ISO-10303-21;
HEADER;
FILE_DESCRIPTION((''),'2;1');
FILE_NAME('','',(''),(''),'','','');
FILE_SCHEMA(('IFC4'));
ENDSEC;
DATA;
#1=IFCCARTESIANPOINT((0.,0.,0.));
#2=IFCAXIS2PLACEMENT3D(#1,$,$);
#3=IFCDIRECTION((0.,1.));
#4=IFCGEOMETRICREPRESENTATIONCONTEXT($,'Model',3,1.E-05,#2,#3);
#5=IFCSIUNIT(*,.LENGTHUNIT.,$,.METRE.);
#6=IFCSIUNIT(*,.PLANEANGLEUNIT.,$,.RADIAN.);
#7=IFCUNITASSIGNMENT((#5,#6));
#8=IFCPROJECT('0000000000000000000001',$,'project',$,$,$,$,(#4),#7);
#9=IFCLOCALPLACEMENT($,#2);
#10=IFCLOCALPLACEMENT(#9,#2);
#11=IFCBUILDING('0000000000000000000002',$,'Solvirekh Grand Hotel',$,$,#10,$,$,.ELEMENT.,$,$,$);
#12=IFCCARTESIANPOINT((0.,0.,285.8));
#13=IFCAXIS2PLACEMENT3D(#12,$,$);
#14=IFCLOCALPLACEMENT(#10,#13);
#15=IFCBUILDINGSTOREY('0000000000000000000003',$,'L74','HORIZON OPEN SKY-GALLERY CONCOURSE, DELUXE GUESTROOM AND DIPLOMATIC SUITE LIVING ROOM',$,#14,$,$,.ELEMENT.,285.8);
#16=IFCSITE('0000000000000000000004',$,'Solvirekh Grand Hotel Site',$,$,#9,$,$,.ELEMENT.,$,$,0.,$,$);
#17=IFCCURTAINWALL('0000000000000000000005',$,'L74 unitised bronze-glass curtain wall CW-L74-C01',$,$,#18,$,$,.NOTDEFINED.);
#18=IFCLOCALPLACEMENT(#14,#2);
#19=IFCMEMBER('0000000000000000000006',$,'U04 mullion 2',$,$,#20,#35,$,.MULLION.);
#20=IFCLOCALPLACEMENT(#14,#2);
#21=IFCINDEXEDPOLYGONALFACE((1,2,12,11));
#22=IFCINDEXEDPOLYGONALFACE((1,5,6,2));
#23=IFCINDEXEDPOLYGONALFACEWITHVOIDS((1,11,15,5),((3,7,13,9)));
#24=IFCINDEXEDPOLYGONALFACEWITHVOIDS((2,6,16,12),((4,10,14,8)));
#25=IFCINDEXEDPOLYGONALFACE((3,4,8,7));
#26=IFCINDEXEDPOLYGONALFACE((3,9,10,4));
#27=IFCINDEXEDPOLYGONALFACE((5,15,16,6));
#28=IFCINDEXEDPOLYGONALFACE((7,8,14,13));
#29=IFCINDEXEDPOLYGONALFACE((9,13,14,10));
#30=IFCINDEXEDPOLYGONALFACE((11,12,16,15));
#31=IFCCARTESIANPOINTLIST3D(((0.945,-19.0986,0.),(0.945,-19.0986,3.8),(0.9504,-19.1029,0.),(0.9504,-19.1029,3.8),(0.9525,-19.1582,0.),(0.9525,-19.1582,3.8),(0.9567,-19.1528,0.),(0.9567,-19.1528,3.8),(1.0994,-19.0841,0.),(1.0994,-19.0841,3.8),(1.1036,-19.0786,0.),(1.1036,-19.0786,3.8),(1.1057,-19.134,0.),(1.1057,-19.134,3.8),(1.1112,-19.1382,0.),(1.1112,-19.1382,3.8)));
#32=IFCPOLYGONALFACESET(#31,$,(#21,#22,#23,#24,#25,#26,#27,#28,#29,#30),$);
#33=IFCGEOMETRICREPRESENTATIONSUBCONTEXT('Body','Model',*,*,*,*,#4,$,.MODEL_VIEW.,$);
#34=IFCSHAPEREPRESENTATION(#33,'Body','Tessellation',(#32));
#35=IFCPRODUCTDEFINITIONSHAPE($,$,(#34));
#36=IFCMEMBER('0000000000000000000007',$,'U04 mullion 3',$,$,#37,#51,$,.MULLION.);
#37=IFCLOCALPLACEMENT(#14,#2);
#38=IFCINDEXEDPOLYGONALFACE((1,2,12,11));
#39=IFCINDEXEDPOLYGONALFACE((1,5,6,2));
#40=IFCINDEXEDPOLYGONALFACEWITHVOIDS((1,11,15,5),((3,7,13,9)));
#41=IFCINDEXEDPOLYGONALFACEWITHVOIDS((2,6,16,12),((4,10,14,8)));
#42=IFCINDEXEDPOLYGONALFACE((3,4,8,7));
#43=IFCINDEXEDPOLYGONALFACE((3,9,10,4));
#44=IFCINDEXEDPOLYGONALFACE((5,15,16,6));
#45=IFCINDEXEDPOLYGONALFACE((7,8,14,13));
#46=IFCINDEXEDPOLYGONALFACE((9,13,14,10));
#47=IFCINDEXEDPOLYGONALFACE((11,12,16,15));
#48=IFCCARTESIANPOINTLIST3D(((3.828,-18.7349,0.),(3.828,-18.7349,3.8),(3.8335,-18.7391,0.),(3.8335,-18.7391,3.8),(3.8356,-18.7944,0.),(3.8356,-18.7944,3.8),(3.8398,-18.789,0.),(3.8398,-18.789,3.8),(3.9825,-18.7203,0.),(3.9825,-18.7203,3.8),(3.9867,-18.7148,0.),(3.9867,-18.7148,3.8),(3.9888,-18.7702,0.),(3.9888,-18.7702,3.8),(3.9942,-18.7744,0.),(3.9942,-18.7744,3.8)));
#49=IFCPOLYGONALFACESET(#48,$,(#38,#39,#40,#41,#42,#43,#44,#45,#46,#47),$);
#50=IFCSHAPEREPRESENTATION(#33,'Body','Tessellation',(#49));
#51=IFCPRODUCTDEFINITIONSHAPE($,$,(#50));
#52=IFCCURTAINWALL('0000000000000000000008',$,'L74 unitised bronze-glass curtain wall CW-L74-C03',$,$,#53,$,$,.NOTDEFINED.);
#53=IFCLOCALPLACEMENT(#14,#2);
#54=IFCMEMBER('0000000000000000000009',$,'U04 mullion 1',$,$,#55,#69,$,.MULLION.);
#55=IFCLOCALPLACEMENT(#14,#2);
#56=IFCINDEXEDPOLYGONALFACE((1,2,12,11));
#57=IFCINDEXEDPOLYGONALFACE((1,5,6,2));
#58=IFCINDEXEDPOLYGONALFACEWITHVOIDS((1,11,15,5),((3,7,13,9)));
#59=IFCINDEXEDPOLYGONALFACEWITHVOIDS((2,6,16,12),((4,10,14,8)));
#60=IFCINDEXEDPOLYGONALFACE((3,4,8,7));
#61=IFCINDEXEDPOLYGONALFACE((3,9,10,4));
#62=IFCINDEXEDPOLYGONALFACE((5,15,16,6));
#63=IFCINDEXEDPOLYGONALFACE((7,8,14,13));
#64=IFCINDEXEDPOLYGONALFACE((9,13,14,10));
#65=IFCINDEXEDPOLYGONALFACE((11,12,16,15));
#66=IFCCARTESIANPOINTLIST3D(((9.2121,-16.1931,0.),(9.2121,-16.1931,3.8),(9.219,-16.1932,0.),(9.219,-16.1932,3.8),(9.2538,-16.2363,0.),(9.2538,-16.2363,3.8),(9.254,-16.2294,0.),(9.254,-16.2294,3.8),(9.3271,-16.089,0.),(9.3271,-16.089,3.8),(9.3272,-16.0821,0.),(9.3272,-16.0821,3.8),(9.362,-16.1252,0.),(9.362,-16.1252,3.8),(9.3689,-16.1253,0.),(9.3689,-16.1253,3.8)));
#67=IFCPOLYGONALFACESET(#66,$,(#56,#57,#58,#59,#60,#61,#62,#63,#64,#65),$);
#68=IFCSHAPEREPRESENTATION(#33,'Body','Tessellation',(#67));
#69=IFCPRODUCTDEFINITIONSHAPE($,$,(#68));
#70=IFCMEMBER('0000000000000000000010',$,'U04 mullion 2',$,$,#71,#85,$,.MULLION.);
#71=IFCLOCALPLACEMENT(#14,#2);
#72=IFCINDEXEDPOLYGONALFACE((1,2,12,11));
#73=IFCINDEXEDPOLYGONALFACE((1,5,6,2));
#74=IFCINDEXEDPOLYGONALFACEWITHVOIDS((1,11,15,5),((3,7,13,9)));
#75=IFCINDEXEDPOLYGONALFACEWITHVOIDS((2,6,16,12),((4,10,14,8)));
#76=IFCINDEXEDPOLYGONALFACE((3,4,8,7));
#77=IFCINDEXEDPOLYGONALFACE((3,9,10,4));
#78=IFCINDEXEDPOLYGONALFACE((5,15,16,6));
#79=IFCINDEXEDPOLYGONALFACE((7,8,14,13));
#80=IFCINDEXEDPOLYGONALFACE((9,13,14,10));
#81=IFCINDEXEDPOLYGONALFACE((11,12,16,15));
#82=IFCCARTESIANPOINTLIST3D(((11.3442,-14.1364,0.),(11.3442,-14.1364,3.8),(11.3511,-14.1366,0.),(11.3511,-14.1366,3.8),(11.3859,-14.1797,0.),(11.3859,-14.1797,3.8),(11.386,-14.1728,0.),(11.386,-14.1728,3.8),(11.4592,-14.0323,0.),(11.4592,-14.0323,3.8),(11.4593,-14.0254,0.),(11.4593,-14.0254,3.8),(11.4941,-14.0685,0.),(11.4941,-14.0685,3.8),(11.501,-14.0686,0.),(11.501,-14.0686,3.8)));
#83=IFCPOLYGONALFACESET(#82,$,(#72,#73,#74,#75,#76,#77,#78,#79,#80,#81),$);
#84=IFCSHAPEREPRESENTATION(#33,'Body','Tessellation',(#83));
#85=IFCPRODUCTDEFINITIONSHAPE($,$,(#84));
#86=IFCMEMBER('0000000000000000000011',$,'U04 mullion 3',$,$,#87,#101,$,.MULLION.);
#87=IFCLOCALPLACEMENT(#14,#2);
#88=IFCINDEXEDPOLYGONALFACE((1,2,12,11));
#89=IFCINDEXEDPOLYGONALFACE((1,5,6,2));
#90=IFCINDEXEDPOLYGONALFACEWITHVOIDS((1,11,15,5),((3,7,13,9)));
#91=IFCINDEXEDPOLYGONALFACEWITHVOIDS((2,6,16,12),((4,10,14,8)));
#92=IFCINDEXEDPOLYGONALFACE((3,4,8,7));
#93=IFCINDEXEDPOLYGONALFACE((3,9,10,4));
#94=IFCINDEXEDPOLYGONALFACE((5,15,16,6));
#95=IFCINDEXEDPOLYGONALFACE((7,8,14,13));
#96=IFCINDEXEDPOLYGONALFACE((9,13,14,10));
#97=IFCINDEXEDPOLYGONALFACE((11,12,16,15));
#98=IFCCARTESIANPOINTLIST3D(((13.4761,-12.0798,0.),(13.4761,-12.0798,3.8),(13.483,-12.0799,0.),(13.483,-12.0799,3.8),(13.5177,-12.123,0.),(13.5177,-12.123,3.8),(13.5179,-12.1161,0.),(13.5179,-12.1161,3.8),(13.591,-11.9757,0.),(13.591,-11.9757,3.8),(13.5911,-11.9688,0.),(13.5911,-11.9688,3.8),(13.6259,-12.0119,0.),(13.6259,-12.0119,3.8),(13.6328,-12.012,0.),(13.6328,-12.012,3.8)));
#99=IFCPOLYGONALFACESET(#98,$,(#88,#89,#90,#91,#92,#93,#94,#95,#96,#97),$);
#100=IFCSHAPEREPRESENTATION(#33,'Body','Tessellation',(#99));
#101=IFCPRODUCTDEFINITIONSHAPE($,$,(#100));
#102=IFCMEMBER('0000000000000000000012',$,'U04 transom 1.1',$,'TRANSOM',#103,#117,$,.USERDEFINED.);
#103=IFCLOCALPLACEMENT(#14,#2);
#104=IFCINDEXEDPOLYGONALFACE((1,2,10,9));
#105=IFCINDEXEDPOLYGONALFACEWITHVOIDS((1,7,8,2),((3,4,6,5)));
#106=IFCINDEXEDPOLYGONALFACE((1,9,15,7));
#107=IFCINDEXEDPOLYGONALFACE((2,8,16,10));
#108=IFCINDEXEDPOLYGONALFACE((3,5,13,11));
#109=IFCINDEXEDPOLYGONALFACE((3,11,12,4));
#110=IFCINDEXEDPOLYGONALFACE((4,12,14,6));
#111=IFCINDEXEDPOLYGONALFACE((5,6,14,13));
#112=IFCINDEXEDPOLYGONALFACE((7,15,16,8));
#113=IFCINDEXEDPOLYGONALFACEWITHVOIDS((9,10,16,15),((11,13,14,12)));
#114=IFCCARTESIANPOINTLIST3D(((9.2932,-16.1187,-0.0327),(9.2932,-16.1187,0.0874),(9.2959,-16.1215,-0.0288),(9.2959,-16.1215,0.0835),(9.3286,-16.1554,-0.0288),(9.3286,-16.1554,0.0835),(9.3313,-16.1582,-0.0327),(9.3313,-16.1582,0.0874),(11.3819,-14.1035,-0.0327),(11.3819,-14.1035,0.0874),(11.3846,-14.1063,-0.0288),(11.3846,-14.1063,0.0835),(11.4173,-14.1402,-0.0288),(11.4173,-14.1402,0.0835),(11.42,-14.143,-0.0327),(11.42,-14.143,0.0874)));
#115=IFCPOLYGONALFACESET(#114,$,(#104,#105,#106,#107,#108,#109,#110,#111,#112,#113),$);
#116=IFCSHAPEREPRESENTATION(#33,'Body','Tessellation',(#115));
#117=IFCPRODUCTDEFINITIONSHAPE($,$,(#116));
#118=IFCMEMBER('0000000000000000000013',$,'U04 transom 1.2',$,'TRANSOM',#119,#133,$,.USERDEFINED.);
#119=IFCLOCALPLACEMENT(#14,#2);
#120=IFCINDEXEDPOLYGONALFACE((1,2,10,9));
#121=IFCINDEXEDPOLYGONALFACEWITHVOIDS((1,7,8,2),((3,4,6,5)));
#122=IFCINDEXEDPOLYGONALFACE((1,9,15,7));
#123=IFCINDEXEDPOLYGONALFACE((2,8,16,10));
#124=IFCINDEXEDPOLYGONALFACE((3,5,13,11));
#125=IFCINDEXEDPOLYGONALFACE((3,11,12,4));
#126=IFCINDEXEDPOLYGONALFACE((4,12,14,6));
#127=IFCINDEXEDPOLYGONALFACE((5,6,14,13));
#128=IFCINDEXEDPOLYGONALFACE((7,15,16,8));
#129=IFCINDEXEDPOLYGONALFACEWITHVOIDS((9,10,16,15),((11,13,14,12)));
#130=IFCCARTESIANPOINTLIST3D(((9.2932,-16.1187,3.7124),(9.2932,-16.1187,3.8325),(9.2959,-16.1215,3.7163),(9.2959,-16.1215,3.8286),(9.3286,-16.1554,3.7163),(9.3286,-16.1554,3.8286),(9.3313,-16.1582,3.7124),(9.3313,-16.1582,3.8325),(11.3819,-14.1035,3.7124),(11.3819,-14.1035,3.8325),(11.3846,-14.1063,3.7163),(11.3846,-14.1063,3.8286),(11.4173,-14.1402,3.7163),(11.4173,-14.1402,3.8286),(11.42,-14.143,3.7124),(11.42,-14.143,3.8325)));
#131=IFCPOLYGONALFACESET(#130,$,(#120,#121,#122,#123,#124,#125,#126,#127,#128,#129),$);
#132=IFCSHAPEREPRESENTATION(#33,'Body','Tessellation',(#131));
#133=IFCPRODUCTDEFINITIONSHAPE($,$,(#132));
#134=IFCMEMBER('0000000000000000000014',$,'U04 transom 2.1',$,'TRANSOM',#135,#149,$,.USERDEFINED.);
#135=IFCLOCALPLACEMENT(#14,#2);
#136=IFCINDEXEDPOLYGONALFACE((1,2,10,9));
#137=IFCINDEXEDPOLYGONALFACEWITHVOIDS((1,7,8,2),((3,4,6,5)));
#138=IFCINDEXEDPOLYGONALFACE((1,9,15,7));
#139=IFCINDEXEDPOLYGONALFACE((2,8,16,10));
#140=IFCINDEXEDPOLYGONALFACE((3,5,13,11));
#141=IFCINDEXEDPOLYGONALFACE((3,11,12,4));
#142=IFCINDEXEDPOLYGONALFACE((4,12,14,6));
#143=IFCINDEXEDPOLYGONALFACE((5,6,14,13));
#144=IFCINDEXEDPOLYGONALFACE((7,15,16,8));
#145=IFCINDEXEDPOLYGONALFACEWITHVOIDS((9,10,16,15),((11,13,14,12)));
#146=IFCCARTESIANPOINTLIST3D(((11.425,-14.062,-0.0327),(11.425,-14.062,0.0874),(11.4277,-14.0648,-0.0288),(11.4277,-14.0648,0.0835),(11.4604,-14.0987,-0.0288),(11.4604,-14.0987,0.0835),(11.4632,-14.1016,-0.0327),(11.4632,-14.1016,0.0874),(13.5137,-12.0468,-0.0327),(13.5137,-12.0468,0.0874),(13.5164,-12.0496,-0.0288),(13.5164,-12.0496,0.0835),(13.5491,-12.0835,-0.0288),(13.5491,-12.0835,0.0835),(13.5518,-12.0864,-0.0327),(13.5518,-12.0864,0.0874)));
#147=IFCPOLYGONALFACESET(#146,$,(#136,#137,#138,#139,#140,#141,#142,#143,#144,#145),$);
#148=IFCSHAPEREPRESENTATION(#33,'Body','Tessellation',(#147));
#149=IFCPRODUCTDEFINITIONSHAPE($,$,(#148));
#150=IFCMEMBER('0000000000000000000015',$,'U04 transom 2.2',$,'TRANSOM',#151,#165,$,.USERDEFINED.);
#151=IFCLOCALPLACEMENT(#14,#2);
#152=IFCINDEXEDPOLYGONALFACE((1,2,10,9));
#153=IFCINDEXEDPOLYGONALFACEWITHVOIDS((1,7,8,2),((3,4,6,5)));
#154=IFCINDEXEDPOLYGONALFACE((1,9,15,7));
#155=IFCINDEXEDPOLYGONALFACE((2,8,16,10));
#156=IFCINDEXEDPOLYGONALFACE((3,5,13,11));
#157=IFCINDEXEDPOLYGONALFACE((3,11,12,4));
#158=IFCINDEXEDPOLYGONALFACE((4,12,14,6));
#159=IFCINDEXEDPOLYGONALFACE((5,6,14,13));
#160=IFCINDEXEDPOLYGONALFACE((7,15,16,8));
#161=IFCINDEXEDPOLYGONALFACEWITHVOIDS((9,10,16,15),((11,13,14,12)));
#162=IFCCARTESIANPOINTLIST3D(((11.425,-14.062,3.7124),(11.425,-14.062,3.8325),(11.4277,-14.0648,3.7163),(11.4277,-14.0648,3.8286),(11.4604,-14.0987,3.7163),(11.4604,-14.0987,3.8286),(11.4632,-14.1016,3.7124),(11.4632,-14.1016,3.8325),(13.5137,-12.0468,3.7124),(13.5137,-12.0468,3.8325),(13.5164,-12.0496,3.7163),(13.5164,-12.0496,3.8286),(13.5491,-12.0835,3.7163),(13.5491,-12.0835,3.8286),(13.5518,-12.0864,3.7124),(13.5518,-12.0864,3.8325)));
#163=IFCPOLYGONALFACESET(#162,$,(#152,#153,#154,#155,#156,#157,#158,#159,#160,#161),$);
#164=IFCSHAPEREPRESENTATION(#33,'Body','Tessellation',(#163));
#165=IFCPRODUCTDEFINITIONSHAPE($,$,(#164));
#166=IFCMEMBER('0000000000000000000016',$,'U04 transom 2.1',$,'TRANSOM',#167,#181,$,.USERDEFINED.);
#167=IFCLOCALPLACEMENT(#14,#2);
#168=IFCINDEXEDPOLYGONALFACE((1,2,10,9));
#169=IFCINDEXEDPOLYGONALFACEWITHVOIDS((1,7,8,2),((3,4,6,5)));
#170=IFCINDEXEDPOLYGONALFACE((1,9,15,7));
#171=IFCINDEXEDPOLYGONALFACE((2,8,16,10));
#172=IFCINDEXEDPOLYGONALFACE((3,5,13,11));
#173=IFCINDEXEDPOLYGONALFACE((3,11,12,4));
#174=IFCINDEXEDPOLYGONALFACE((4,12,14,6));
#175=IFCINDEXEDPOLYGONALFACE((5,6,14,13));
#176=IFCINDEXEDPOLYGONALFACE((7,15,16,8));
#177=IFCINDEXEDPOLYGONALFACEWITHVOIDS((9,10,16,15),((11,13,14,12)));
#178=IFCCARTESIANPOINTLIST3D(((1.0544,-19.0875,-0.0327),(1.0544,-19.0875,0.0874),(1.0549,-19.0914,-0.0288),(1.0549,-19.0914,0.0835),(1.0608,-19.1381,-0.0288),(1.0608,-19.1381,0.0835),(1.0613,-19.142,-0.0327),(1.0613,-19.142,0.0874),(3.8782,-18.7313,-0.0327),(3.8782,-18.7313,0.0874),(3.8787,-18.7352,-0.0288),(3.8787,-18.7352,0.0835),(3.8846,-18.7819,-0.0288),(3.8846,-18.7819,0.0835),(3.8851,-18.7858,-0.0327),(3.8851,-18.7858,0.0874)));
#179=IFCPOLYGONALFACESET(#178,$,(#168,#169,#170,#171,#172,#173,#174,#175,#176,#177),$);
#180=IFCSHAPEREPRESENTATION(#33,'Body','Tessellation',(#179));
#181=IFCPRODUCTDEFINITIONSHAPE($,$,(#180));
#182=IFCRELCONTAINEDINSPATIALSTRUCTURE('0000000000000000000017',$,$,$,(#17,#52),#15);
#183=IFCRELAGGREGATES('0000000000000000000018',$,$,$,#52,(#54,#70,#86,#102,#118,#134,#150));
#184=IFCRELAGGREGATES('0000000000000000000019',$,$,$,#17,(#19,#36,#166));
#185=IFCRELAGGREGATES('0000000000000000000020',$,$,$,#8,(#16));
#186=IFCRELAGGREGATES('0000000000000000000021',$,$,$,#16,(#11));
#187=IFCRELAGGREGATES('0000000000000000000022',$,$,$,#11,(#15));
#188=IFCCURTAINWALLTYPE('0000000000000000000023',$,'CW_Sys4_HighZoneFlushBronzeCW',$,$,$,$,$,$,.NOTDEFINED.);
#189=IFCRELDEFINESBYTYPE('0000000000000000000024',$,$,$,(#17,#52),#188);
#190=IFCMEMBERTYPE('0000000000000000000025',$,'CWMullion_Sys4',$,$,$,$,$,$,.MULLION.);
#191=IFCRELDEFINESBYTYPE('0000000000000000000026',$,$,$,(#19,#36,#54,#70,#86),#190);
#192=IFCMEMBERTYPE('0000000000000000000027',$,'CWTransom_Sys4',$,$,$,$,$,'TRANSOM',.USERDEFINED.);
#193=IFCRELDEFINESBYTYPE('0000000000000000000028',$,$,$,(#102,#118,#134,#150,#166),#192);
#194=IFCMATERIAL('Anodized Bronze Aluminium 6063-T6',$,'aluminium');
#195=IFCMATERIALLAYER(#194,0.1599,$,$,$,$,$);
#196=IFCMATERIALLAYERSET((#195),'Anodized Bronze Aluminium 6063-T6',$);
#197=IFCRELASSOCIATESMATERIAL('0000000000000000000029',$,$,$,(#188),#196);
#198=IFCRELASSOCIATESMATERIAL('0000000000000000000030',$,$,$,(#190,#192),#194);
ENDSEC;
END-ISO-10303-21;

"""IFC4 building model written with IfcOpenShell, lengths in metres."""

from ifc_helpers import new_model, si_unit, direction, frame, origin, origin_2d, place, context, subcontext, project, spatial, hollow_rectangle, extrude, source, transform, mapped, material, layer, layer_set, material_profile, profile_set, type_object, element, aggregate, save


model = new_model("IFC4")

# Units and contexts
model_context = context("Model", 3, precision=1e-05, world=origin(), true_north=direction((0.0, 1.0)))
body_context = subcontext(model_context, "Body", "Model", "MODEL_VIEW")
ifc_project = project(units=[si_unit("LENGTHUNIT", "METRE"), si_unit("PLANEANGLEUNIT", "RADIAN")], contexts=[model_context])

# Site, building, storey
site_placement = place(None, origin())
site = spatial("IfcSite", under=ifc_project, at=site_placement, Name="Solvirekh Grand Hotel Site", CompositionType="ELEMENT", RefElevation=0.0)
building_placement = place(site_placement, origin())
building = spatial("IfcBuilding", under=site, at=building_placement, Name="Solvirekh Grand Hotel", CompositionType="ELEMENT")
storey_placement = place(building_placement, frame((0.0, 0.0, 285.8)))
storey = spatial("IfcBuildingStorey", under=building, at=storey_placement, Name="L74", Description="HORIZON OPEN SKY-GALLERY CONCOURSE, DELUXE GUESTROOM AND DIPLOMATIC SUITE LIVING ROOM", CompositionType="ELEMENT", Elevation=285.8)

# Curtain walls, members
ifc_material_1 = material(Name="Anodized Bronze Aluminium 6063-T6", Category="aluminium")
ifc_layer_1 = layer(ifc_material_1, 0.1599)
ifc_layer_set_1 = layer_set([ifc_layer_1], Name="Anodized Bronze Aluminium 6063-T6")
curtain_wall_type = type_object("IfcCurtainWallType", Name="CW_Sys4_HighZoneFlushBronzeCW", PredefinedType="NOTDEFINED", material=ifc_layer_set_1)
curtain_wall_1_placement = place(storey_placement, origin())
curtain_wall_1 = element("IfcCurtainWall", 1, at=curtain_wall_1_placement, inside=storey, type_object=curtain_wall_type, Name="L74 unitised bronze-glass curtain wall CW-L74-C01", PredefinedType="NOTDEFINED")
ifc_material_profile_1 = material_profile(ifc_material_1, hollow_rectangle(XDim=0.0601, YDim=0.1599, WallThickness=0.0049, at=origin_2d()), Name="ALU RHS 160X60X5")
ifc_profile_set_1 = profile_set([ifc_material_profile_1], Name="Anodized Bronze Aluminium 6063-T6")
member_type_1 = type_object("IfcMemberType", Name="CWMullion_Sys4", PredefinedType="MULLION", material=ifc_profile_set_1)
shared_shape_1 = source(origin(), body_context, "Body", "SweptSolid", [
    extrude(hollow_rectangle(XDim=0.0601, YDim=0.1599, WallThickness=0.0049, at=origin_2d()), origin(), (0.0, 0.0, 1.0), 3.8),
])
member_1_placement = place(storey_placement, frame((1.0281, -19.1184, 0.0), z_axis=(0.0, 0.0, 1.0), x_axis=(-0.125166, 0.992136, 0.0)))
member_1 = element("IfcMember", 2, at=member_1_placement, type_object=member_type_1, Name="U04 mullion 2", PredefinedType="MULLION", context=body_context, shape_type="MappedRepresentation", body=[
    mapped(shared_shape_1, transform((0.0, 0.0, 0.0), x_axis=(1.0, 0.0, 0.0), y_axis=(0.0, 1.0, 0.0), z_axis=(0.0, 0.0, 1.0), scale=1.0)),
])
member_2_placement = place(storey_placement, frame((3.9111, -18.7546, 0.0), z_axis=(0.0, 0.0, 1.0), x_axis=(-0.125166, 0.992136, 0.0)))
member_2 = element("IfcMember", 3, at=member_2_placement, type_object=member_type_1, Name="U04 mullion 3", PredefinedType="MULLION", context=body_context, shape_type="MappedRepresentation", body=[
    mapped(shared_shape_1, transform((0.0, 0.0, 0.0), x_axis=(1.0, 0.0, 0.0), y_axis=(0.0, 1.0, 0.0), z_axis=(0.0, 0.0, 1.0), scale=1.0)),
])
curtain_wall_2_placement = place(storey_placement, origin())
curtain_wall_2 = element("IfcCurtainWall", 4, at=curtain_wall_2_placement, inside=storey, type_object=curtain_wall_type, Name="L74 unitised bronze-glass curtain wall CW-L74-C03", PredefinedType="NOTDEFINED")
member_3_placement = place(storey_placement, frame((9.2905, -16.1592, 0.0), z_axis=(0.0, 0.0, 1.0), x_axis=(-0.694293, 0.719692, 0.0)))
member_3 = element("IfcMember", 5, at=member_3_placement, type_object=member_type_1, Name="U04 mullion 1", PredefinedType="MULLION", context=body_context, shape_type="MappedRepresentation", body=[
    mapped(shared_shape_1, transform((0.0, 0.0, 0.0), x_axis=(1.0, 0.0, 0.0), y_axis=(0.0, 1.0, 0.0), z_axis=(0.0, 0.0, 1.0), scale=1.0)),
])
member_4_placement = place(storey_placement, frame((11.4226, -14.1025, 0.0), z_axis=(0.0, 0.0, 1.0), x_axis=(-0.694293, 0.719692, 0.0)))
member_4 = element("IfcMember", 6, at=member_4_placement, type_object=member_type_1, Name="U04 mullion 2", PredefinedType="MULLION", context=body_context, shape_type="MappedRepresentation", body=[
    mapped(shared_shape_1, transform((0.0, 0.0, 0.0), x_axis=(1.0, 0.0, 0.0), y_axis=(0.0, 1.0, 0.0), z_axis=(0.0, 0.0, 1.0), scale=1.0)),
])
member_5_placement = place(storey_placement, frame((13.5544, -12.0459, 0.0), z_axis=(0.0, 0.0, 1.0), x_axis=(-0.694293, 0.719692, 0.0)))
member_5 = element("IfcMember", 7, at=member_5_placement, type_object=member_type_1, Name="U04 mullion 3", PredefinedType="MULLION", context=body_context, shape_type="MappedRepresentation", body=[
    mapped(shared_shape_1, transform((0.0, 0.0, 0.0), x_axis=(1.0, 0.0, 0.0), y_axis=(0.0, 1.0, 0.0), z_axis=(0.0, 0.0, 1.0), scale=1.0)),
])
ifc_material_profile_2 = material_profile(ifc_material_1, hollow_rectangle(XDim=0.0549, YDim=0.1201, WallThickness=0.0039, at=origin_2d()), Name="ALU RHS 120X55X4")
ifc_profile_set_2 = profile_set([ifc_material_profile_2], Name="Anodized Bronze Aluminium 6063-T6")
member_type_2 = type_object("IfcMemberType", Name="CWTransom_Sys4", ElementType="TRANSOM", PredefinedType="USERDEFINED", material=ifc_profile_set_2)
shared_shape_2 = source(origin(), body_context, "Body", "SweptSolid", [
    extrude(hollow_rectangle(XDim=0.0549, YDim=0.1201, WallThickness=0.0039, at=origin_2d()), origin(), (0.0, 0.0, 1.0), 2.9023),
])
member_6_placement = place(storey_placement, frame((9.3123, -16.1384, 0.0273), z_axis=(0.719654, 0.694333, 0.0), x_axis=(-0.694333, 0.719654, 0.0)))
member_6 = element("IfcMember", 8, at=member_6_placement, type_object=member_type_2, Name="U04 transom 1.1", ObjectType="TRANSOM", PredefinedType="USERDEFINED", context=body_context, shape_type="MappedRepresentation", body=[
    mapped(shared_shape_2, transform((0.0, 0.0, 0.0), x_axis=(1.0, 0.0, 0.0), y_axis=(0.0, 1.0, 0.0), z_axis=(0.0, 0.0, 1.0), scale=1.0)),
])
member_7_placement = place(storey_placement, frame((9.3123, -16.1384, 3.7725), z_axis=(0.719654, 0.694333, 0.0), x_axis=(-0.694333, 0.719654, 0.0)))
member_7 = element("IfcMember", 9, at=member_7_placement, type_object=member_type_2, Name="U04 transom 1.2", ObjectType="TRANSOM", PredefinedType="USERDEFINED", context=body_context, shape_type="MappedRepresentation", body=[
    mapped(shared_shape_2, transform((0.0, 0.0, 0.0), x_axis=(1.0, 0.0, 0.0), y_axis=(0.0, 1.0, 0.0), z_axis=(0.0, 0.0, 1.0), scale=1.0)),
])
member_8_placement = place(storey_placement, frame((11.4441, -14.0818, 0.0273), z_axis=(0.719654, 0.694333, 0.0), x_axis=(-0.694333, 0.719654, 0.0)))
member_8 = element("IfcMember", 10, at=member_8_placement, type_object=member_type_2, Name="U04 transom 2.1", ObjectType="TRANSOM", PredefinedType="USERDEFINED", context=body_context, shape_type="MappedRepresentation", body=[
    mapped(shared_shape_2, transform((0.0, 0.0, 0.0), x_axis=(1.0, 0.0, 0.0), y_axis=(0.0, 1.0, 0.0), z_axis=(0.0, 0.0, 1.0), scale=1.0)),
])
member_9_placement = place(storey_placement, frame((11.4441, -14.0818, 3.7725), z_axis=(0.719654, 0.694333, 0.0), x_axis=(-0.694333, 0.719654, 0.0)))
member_9 = element("IfcMember", 11, at=member_9_placement, type_object=member_type_2, Name="U04 transom 2.2", ObjectType="TRANSOM", PredefinedType="USERDEFINED", context=body_context, shape_type="MappedRepresentation", body=[
    mapped(shared_shape_2, transform((0.0, 0.0, 0.0), x_axis=(1.0, 0.0, 0.0), y_axis=(0.0, 1.0, 0.0), z_axis=(0.0, 0.0, 1.0), scale=1.0)),
])

# Member
shared_shape_3 = source(origin(), body_context, "Body", "SweptSolid", [
    extrude(hollow_rectangle(XDim=0.0549, YDim=0.1201, WallThickness=0.0039, at=origin_2d()), origin(), (0.0, 0.0, 1.0), 2.8462),
])
member_10_placement = place(storey_placement, frame((1.0579, -19.1147, 0.0273), z_axis=(0.992137, 0.125154, 0.0), x_axis=(-0.125154, 0.992137, 0.0)))
member_10 = element("IfcMember", 12, at=member_10_placement, type_object=member_type_2, Name="U04 transom 2.1", ObjectType="TRANSOM", PredefinedType="USERDEFINED", context=body_context, shape_type="MappedRepresentation", body=[
    mapped(shared_shape_3, transform((0.0, 0.0, 0.0), x_axis=(1.0, 0.0, 0.0), y_axis=(0.0, 1.0, 0.0), z_axis=(0.0, 0.0, 1.0), scale=1.0)),
])

aggregate(curtain_wall_2, [member_3, member_4, member_5, member_6, member_7, member_8, member_9])
aggregate(curtain_wall_1, [member_1, member_2, member_10])

save(model, "model.ifc")
